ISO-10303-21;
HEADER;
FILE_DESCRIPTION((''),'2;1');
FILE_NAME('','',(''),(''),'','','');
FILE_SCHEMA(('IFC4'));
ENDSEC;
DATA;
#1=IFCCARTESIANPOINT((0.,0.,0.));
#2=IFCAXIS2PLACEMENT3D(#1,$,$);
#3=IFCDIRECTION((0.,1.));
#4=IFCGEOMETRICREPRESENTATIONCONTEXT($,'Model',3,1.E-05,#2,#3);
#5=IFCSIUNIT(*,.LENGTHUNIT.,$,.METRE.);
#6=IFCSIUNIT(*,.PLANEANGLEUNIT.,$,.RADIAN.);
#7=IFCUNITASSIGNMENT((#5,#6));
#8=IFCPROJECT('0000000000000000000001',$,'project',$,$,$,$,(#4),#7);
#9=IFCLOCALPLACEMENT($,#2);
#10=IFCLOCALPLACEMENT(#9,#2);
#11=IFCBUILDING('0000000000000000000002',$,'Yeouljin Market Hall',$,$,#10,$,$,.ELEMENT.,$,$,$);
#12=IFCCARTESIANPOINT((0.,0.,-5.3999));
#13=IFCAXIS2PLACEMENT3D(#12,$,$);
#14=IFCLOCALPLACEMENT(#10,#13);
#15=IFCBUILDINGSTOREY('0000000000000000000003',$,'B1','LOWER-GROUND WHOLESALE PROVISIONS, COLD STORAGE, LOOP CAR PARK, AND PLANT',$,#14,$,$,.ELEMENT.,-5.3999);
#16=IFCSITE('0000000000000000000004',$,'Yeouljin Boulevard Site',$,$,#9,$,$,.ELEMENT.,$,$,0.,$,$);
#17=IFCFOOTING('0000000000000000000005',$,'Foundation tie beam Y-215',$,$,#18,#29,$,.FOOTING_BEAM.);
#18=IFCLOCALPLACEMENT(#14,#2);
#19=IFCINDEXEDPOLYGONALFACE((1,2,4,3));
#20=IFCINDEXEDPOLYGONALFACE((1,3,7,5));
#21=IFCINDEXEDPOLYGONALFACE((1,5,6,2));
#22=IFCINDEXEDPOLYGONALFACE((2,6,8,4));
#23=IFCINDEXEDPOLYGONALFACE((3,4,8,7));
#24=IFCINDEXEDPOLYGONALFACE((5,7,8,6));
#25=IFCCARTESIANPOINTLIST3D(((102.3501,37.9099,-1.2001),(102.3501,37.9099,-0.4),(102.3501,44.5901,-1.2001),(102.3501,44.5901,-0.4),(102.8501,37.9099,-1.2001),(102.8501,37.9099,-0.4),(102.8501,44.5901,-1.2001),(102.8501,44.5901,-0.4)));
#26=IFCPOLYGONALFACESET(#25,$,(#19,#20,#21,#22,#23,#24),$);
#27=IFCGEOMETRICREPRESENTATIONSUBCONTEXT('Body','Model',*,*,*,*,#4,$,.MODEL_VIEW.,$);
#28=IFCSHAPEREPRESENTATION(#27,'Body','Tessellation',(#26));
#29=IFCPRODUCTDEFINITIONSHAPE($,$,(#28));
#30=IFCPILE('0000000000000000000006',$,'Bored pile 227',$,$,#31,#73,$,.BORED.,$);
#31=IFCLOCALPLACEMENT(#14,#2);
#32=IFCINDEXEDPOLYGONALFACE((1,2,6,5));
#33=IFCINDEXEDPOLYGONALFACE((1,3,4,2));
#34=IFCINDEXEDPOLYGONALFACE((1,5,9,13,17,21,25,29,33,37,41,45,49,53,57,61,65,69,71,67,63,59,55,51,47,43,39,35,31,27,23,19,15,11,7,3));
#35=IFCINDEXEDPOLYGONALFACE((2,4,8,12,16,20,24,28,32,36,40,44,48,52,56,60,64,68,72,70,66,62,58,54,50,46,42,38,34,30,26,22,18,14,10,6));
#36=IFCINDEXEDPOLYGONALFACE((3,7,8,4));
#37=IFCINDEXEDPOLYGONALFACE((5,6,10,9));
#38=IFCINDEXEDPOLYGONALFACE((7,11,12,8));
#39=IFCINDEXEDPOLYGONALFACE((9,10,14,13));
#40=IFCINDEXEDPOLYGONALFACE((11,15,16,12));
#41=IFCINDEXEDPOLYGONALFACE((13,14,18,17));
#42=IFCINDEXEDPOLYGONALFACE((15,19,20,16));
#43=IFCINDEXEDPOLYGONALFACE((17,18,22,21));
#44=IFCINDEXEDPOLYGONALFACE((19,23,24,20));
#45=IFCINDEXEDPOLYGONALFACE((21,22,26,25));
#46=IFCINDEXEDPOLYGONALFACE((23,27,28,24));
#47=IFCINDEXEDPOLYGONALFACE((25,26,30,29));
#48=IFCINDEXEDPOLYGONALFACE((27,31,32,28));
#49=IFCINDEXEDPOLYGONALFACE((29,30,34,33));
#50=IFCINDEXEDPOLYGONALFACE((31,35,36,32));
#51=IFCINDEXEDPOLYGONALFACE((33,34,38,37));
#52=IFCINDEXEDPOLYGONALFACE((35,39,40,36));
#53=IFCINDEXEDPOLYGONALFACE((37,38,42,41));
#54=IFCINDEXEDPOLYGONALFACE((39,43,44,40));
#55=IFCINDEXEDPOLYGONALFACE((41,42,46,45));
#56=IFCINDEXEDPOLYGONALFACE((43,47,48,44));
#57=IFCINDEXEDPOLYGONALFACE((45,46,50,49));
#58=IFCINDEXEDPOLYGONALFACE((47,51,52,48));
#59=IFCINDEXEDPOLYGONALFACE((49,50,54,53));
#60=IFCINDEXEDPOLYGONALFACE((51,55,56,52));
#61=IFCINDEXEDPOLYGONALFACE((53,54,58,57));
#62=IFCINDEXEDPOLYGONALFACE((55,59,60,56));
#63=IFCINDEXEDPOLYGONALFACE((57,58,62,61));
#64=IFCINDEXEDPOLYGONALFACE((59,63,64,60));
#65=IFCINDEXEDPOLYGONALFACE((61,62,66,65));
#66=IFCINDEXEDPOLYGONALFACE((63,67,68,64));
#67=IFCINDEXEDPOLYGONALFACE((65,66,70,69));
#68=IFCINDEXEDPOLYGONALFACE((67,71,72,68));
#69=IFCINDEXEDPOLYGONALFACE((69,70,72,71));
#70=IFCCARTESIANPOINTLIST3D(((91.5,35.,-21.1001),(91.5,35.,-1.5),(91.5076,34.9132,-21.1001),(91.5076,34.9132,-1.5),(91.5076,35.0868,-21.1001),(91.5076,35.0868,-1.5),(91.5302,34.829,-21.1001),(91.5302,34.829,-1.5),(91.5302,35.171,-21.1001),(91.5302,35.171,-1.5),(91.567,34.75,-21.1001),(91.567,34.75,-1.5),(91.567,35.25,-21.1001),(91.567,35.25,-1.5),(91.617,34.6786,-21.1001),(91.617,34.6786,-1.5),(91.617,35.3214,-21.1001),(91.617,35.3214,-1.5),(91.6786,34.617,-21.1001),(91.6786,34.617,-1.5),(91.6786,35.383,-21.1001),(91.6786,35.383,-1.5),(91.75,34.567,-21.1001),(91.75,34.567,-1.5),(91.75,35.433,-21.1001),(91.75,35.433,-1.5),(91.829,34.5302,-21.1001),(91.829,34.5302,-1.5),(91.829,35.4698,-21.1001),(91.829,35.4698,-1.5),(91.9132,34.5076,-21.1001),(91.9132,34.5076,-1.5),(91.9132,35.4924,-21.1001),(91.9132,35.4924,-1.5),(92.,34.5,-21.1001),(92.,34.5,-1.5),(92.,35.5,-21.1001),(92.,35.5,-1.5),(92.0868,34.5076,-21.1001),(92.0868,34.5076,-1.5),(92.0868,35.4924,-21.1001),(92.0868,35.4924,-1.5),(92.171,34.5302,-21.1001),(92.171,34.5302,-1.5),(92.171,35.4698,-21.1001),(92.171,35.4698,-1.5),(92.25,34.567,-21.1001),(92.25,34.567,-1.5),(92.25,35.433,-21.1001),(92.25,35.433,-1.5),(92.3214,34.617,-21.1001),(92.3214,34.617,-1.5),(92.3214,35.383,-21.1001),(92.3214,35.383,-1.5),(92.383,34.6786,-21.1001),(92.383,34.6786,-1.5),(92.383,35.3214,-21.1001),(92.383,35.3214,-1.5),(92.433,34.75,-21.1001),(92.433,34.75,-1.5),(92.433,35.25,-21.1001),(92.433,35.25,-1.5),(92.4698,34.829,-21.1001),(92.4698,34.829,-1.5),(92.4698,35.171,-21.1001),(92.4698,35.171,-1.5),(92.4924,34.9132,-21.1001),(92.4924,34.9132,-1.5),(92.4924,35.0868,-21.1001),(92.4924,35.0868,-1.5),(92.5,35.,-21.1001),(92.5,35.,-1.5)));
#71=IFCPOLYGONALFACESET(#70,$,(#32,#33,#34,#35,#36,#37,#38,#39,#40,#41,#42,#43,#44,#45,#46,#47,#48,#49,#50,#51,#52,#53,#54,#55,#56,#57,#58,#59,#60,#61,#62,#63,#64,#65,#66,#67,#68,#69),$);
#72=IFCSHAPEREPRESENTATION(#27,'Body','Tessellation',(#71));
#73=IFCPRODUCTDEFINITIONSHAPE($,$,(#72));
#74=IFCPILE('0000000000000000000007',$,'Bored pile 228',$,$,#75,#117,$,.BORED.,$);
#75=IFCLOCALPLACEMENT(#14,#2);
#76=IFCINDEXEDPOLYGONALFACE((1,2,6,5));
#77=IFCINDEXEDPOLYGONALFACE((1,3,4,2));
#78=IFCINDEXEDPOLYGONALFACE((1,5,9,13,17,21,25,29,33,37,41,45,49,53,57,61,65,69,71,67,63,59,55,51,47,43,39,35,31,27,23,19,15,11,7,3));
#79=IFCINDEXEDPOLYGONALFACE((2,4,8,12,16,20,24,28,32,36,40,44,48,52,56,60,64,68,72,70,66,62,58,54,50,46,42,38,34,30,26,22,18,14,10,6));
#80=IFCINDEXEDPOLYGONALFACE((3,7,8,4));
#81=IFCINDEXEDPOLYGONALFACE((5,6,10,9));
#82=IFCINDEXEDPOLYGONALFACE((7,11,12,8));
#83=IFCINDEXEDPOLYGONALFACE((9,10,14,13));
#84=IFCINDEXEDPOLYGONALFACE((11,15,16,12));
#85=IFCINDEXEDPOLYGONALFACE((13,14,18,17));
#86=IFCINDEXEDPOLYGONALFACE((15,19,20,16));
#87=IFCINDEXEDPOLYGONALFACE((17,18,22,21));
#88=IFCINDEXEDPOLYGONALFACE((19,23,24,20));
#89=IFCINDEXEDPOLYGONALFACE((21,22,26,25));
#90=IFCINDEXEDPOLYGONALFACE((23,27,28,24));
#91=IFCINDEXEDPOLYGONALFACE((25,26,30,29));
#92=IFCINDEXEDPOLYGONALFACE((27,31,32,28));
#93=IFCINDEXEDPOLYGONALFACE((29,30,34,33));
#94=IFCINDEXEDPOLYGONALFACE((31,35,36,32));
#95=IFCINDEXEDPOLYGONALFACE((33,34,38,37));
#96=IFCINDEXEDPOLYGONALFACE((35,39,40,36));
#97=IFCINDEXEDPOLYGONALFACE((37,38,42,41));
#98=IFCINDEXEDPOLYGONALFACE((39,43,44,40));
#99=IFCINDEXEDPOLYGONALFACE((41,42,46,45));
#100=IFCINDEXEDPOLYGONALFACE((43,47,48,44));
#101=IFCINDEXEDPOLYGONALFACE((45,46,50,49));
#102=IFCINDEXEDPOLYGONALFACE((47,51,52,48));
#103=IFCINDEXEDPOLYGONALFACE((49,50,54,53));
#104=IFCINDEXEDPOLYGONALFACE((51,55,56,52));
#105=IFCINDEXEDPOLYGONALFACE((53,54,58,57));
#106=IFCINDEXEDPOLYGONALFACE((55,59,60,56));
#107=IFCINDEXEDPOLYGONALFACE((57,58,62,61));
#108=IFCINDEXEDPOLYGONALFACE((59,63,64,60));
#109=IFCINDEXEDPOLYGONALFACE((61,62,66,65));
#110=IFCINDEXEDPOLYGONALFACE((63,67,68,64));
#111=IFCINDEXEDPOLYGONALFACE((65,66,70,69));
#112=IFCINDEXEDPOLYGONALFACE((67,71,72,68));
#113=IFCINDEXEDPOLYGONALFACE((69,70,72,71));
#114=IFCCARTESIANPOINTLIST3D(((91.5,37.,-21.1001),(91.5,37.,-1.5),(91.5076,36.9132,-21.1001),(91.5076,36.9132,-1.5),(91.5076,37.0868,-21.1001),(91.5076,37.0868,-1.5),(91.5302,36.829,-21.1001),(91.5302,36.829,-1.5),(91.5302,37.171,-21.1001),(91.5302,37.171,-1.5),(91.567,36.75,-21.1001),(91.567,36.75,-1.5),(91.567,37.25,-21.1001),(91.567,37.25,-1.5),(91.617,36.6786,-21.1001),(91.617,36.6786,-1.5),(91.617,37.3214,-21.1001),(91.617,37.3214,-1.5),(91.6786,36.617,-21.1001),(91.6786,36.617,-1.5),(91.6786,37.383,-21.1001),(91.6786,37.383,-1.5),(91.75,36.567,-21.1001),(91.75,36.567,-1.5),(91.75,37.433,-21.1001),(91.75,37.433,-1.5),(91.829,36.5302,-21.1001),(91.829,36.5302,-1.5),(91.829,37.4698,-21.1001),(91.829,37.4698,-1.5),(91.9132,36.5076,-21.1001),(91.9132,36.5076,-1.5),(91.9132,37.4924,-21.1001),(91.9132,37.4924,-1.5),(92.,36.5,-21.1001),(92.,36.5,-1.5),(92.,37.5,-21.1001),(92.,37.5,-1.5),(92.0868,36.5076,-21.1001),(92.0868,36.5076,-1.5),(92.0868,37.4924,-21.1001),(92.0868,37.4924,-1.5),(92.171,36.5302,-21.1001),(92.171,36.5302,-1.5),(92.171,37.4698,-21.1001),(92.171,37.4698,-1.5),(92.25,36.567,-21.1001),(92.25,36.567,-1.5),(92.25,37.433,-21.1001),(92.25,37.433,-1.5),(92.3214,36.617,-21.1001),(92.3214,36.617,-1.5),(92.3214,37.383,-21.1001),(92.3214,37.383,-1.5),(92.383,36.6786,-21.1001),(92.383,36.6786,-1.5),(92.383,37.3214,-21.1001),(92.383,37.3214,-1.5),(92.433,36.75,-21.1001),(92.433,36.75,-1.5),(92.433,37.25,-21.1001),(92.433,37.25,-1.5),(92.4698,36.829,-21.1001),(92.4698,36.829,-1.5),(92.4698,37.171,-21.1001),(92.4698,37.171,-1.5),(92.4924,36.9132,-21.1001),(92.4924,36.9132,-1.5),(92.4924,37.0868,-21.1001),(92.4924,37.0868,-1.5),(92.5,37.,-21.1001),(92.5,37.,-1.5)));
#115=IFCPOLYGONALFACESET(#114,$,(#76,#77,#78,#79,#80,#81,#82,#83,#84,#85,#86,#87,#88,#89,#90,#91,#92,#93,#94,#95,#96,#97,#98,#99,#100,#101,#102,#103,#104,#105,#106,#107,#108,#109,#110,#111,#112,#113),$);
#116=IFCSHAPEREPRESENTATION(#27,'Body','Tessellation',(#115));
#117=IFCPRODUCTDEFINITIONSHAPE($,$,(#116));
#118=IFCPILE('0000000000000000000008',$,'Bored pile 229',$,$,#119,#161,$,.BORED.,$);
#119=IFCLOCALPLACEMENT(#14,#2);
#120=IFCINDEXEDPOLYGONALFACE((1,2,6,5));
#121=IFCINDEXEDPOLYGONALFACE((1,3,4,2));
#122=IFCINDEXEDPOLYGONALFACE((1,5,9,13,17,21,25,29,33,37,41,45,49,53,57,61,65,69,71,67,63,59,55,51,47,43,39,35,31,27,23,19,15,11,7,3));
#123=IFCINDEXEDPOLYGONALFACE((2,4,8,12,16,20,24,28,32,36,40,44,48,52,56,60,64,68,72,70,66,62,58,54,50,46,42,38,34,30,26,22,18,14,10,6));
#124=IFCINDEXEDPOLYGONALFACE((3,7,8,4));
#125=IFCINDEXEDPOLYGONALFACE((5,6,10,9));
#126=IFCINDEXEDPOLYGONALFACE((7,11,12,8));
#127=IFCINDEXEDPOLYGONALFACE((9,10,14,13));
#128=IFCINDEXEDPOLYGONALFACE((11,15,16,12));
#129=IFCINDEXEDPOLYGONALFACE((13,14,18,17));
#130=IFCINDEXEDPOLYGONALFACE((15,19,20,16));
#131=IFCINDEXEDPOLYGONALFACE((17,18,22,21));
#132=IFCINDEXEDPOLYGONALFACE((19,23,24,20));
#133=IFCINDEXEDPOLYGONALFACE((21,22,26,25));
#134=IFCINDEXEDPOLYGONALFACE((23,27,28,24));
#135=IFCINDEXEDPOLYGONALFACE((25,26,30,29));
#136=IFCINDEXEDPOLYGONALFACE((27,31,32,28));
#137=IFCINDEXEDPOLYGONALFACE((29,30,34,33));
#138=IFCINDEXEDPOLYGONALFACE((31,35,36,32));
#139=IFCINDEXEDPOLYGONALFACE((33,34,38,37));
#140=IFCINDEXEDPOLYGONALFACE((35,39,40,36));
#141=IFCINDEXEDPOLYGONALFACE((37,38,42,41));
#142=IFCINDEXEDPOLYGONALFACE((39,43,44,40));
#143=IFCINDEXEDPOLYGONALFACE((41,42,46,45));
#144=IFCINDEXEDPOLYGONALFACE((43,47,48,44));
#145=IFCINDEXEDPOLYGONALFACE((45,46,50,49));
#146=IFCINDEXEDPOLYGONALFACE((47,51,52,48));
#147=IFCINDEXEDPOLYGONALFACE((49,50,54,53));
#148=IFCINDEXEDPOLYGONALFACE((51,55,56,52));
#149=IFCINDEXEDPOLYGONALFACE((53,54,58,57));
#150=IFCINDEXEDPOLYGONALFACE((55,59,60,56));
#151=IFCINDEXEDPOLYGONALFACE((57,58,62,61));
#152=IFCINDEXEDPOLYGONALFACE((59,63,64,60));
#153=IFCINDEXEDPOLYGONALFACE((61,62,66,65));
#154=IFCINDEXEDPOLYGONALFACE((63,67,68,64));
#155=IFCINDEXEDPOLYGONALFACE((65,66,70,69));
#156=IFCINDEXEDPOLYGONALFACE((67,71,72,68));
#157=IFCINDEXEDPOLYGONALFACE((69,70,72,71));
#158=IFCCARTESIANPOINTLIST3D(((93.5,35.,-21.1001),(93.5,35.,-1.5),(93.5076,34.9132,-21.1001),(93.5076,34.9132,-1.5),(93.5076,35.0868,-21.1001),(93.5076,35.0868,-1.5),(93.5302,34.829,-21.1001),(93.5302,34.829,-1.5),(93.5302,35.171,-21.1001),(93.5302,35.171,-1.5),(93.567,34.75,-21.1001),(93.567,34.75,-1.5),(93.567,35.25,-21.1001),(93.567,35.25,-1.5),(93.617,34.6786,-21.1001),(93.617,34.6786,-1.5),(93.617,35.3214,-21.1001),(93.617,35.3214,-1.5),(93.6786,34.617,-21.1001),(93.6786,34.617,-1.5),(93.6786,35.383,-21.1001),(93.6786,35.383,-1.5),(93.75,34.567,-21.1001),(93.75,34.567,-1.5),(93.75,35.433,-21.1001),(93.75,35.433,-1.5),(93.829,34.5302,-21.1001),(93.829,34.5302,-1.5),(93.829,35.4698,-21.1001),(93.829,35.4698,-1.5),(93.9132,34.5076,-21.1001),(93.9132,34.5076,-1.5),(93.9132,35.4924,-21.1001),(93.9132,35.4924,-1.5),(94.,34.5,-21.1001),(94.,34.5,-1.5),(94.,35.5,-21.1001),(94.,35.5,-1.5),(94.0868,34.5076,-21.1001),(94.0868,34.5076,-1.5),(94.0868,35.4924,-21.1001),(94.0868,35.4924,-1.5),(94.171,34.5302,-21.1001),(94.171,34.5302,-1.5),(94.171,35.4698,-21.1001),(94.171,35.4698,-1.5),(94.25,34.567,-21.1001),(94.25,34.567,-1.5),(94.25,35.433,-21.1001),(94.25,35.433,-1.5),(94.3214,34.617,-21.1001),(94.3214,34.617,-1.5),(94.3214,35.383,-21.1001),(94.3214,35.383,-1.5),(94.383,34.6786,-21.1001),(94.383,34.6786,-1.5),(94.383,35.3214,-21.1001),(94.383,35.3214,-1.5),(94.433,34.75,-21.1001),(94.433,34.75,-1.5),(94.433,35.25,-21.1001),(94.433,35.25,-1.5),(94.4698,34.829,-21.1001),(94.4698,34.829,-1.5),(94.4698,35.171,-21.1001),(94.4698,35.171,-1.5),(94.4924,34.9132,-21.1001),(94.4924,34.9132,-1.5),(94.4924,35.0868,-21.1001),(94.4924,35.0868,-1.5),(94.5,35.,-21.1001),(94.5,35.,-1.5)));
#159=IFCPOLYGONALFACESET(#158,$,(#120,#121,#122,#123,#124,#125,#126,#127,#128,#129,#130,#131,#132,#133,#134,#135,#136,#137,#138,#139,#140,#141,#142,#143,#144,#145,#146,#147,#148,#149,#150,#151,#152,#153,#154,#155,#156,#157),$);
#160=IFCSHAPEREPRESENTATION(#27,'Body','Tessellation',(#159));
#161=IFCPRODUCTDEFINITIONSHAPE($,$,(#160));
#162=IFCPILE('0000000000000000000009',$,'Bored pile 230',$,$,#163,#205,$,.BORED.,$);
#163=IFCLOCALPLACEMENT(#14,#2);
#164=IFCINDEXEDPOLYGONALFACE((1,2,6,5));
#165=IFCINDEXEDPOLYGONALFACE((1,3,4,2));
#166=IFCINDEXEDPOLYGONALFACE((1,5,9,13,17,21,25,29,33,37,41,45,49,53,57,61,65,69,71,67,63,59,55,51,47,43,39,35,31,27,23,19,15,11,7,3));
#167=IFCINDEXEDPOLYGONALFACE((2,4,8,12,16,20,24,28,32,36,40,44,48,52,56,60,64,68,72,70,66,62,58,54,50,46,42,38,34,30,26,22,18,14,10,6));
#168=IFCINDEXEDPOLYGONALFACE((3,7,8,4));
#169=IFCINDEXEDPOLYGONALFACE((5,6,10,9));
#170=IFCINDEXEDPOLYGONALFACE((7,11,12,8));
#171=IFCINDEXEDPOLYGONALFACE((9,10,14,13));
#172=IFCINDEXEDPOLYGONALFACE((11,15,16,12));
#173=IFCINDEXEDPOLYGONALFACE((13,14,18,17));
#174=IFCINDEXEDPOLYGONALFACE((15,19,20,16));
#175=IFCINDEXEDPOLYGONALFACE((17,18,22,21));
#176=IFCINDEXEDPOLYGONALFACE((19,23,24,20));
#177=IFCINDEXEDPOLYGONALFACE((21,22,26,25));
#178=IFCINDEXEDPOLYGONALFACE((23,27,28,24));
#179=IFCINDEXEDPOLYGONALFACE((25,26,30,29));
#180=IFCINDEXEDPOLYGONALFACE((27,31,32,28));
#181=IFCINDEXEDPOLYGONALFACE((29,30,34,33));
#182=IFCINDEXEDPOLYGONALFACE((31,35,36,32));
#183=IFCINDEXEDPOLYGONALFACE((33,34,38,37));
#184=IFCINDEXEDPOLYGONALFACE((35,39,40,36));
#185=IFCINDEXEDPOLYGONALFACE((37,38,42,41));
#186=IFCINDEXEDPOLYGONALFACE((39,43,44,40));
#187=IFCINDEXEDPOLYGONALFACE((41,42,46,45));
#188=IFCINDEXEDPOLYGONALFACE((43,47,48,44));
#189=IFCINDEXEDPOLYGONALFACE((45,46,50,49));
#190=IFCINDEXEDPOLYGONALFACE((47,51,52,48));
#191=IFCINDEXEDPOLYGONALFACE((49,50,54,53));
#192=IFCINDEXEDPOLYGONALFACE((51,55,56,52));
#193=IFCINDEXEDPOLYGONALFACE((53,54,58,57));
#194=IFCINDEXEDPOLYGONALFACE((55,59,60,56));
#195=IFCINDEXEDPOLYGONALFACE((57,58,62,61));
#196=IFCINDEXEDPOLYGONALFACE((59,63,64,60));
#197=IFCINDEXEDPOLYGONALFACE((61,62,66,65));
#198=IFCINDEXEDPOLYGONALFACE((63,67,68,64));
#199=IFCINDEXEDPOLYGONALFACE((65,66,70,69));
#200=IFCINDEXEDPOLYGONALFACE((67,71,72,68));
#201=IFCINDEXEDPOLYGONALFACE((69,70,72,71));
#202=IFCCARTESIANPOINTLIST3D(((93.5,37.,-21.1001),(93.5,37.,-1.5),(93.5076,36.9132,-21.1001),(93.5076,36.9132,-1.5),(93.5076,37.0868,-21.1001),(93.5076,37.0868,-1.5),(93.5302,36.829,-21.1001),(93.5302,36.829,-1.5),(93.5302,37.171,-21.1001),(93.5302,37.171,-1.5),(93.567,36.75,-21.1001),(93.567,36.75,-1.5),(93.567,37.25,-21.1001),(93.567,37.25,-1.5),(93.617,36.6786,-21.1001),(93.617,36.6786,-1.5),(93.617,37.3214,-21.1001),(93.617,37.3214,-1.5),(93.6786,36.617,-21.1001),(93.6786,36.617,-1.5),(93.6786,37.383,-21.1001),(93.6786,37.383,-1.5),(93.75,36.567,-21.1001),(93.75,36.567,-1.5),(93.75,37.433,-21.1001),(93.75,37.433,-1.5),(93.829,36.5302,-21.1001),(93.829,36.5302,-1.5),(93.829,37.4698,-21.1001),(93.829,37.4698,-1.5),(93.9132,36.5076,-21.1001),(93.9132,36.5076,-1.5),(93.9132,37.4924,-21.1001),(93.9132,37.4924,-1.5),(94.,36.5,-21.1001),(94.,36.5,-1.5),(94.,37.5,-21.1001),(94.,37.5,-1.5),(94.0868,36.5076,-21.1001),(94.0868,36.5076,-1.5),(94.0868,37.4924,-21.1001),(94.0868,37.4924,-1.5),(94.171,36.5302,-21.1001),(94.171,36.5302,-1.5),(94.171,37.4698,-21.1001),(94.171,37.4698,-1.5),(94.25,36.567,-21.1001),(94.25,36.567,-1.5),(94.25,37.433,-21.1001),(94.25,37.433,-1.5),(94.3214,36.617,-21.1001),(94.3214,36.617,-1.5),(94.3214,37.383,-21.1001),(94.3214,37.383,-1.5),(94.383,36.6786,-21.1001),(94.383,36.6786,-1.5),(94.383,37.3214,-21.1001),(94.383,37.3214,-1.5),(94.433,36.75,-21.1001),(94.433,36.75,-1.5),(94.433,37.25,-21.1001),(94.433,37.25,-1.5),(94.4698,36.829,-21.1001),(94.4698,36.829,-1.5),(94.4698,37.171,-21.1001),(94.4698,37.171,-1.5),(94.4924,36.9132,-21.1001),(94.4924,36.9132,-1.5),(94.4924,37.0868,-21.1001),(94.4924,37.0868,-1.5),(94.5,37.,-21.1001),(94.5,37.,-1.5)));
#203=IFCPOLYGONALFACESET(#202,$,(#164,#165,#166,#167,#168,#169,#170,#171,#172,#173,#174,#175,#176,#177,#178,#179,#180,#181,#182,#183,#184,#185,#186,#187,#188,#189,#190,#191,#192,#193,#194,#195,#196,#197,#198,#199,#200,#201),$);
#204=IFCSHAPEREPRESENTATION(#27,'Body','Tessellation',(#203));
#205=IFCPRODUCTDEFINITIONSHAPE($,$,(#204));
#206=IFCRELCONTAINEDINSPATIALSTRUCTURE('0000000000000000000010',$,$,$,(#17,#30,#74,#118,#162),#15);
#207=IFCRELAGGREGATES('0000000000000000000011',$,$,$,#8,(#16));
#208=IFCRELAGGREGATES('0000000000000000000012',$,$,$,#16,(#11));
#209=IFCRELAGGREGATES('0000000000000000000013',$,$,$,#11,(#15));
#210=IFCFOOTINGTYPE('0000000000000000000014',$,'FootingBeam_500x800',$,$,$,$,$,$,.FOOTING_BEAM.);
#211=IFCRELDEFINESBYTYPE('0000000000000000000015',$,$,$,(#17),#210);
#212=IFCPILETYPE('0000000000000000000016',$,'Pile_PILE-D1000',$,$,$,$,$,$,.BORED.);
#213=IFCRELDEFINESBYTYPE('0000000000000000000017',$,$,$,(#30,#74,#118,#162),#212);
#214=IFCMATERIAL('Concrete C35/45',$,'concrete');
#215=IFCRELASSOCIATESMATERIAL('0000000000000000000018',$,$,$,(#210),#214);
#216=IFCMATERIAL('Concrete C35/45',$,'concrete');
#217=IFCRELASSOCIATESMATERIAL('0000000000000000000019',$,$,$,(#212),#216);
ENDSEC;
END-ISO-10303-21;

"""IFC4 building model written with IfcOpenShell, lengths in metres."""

from ifc_helpers import new_model, si_unit, direction, frame, origin, origin_2d, place, context, subcontext, project, spatial, rectangle, circle, extrude, material, material_profile, profile_set, type_object, element, save


model = new_model("IFC4")

# Units and contexts
model_context = context("Model", 3, precision=1e-05, world=origin(), true_north=direction((0.0, 1.0)))
body_context = subcontext(model_context, "Body", "Model", "MODEL_VIEW")
ifc_project = project(units=[si_unit("LENGTHUNIT", "METRE"), si_unit("PLANEANGLEUNIT", "RADIAN")], contexts=[model_context])

# Site, building, storey
site_placement = place(None, origin())
site = spatial("IfcSite", under=ifc_project, at=site_placement, Name="Yeouljin Boulevard Site", CompositionType="ELEMENT", RefElevation=0.0)
building_placement = place(site_placement, origin())
building = spatial("IfcBuilding", under=site, at=building_placement, Name="Yeouljin Market Hall", CompositionType="ELEMENT")
storey_placement = place(building_placement, frame((0.0, 0.0, -5.3999)))
storey = spatial("IfcBuildingStorey", under=building, at=storey_placement, Name="B1", Description="LOWER-GROUND WHOLESALE PROVISIONS, COLD STORAGE, LOOP CAR PARK, AND PLANT", CompositionType="ELEMENT", Elevation=-5.3999)

# Footing
ifc_material_1 = material(Name="Concrete C35/45", Category="concrete")
ifc_material_profile_1 = material_profile(ifc_material_1, rectangle(XDim=0.5, YDim=0.8, at=origin_2d()), Name="RC-500x800")
ifc_profile_set_1 = profile_set([ifc_material_profile_1], Name="Concrete C35/45")
footing_type_1 = type_object("IfcFootingType", Name="FootingBeam_500x800", PredefinedType="FOOTING_BEAM", material=ifc_profile_set_1)
footing_placement = place(storey_placement, frame((102.6001, 37.9099, -0.8), z_axis=(0.0, 1.0, 0.0), x_axis=(-1.0, 0.0, 0.0)))
element("IfcFooting", 1, at=footing_placement, inside=storey, type_object=footing_type_1, Name="Foundation tie beam Y-215", PredefinedType="FOOTING_BEAM", context=body_context, shape_type="SweptSolid", body=[
    extrude(rectangle(XDim=0.5, YDim=0.8, at=origin_2d()), origin(), (0.0, 0.0, 1.0), 6.6802),
])

# Piles
ifc_material_2 = material(Name="Concrete C35/45", Category="concrete")
ifc_material_profile_2 = material_profile(ifc_material_2, circle(Radius=0.5, at=origin_2d()), Name="PILE-D1000")
ifc_profile_set_2 = profile_set([ifc_material_profile_2], Name="Concrete C35/45")
pile_type = type_object("IfcPileType", Name="Pile_PILE-D1000", PredefinedType="BORED", material=ifc_profile_set_2)
for number, where, z_axis, x_axis, name in (
    (2, (92.0, 35.0, -1.5), (0.0, 0.0, -1.0), (1.0, 0.0, 0.0), "Bored pile 227"),
    (3, (92.0, 37.0, -1.5), (0.0, 0.0, -1.0), (1.0, 0.0, 0.0), "Bored pile 228"),
    (4, (94.0, 35.0, -1.5), (0.0, 0.0, -1.0), (1.0, 0.0, 0.0), "Bored pile 229"),
    (5, (94.0, 37.0, -1.5), (0.0, 0.0, -1.0), (1.0, 0.0, 0.0), "Bored pile 230"),
):
    element("IfcPile", number, at=place(storey_placement, frame(where, z_axis=z_axis, x_axis=x_axis)), inside=storey, type_object=pile_type, Name=name, PredefinedType="BORED", context=body_context, shape_type="SweptSolid", body=[
        extrude(circle(Radius=0.5, at=origin_2d()), origin(), (0.0, 0.0, 1.0), 19.6001),
    ])

save(model, "model.ifc")
